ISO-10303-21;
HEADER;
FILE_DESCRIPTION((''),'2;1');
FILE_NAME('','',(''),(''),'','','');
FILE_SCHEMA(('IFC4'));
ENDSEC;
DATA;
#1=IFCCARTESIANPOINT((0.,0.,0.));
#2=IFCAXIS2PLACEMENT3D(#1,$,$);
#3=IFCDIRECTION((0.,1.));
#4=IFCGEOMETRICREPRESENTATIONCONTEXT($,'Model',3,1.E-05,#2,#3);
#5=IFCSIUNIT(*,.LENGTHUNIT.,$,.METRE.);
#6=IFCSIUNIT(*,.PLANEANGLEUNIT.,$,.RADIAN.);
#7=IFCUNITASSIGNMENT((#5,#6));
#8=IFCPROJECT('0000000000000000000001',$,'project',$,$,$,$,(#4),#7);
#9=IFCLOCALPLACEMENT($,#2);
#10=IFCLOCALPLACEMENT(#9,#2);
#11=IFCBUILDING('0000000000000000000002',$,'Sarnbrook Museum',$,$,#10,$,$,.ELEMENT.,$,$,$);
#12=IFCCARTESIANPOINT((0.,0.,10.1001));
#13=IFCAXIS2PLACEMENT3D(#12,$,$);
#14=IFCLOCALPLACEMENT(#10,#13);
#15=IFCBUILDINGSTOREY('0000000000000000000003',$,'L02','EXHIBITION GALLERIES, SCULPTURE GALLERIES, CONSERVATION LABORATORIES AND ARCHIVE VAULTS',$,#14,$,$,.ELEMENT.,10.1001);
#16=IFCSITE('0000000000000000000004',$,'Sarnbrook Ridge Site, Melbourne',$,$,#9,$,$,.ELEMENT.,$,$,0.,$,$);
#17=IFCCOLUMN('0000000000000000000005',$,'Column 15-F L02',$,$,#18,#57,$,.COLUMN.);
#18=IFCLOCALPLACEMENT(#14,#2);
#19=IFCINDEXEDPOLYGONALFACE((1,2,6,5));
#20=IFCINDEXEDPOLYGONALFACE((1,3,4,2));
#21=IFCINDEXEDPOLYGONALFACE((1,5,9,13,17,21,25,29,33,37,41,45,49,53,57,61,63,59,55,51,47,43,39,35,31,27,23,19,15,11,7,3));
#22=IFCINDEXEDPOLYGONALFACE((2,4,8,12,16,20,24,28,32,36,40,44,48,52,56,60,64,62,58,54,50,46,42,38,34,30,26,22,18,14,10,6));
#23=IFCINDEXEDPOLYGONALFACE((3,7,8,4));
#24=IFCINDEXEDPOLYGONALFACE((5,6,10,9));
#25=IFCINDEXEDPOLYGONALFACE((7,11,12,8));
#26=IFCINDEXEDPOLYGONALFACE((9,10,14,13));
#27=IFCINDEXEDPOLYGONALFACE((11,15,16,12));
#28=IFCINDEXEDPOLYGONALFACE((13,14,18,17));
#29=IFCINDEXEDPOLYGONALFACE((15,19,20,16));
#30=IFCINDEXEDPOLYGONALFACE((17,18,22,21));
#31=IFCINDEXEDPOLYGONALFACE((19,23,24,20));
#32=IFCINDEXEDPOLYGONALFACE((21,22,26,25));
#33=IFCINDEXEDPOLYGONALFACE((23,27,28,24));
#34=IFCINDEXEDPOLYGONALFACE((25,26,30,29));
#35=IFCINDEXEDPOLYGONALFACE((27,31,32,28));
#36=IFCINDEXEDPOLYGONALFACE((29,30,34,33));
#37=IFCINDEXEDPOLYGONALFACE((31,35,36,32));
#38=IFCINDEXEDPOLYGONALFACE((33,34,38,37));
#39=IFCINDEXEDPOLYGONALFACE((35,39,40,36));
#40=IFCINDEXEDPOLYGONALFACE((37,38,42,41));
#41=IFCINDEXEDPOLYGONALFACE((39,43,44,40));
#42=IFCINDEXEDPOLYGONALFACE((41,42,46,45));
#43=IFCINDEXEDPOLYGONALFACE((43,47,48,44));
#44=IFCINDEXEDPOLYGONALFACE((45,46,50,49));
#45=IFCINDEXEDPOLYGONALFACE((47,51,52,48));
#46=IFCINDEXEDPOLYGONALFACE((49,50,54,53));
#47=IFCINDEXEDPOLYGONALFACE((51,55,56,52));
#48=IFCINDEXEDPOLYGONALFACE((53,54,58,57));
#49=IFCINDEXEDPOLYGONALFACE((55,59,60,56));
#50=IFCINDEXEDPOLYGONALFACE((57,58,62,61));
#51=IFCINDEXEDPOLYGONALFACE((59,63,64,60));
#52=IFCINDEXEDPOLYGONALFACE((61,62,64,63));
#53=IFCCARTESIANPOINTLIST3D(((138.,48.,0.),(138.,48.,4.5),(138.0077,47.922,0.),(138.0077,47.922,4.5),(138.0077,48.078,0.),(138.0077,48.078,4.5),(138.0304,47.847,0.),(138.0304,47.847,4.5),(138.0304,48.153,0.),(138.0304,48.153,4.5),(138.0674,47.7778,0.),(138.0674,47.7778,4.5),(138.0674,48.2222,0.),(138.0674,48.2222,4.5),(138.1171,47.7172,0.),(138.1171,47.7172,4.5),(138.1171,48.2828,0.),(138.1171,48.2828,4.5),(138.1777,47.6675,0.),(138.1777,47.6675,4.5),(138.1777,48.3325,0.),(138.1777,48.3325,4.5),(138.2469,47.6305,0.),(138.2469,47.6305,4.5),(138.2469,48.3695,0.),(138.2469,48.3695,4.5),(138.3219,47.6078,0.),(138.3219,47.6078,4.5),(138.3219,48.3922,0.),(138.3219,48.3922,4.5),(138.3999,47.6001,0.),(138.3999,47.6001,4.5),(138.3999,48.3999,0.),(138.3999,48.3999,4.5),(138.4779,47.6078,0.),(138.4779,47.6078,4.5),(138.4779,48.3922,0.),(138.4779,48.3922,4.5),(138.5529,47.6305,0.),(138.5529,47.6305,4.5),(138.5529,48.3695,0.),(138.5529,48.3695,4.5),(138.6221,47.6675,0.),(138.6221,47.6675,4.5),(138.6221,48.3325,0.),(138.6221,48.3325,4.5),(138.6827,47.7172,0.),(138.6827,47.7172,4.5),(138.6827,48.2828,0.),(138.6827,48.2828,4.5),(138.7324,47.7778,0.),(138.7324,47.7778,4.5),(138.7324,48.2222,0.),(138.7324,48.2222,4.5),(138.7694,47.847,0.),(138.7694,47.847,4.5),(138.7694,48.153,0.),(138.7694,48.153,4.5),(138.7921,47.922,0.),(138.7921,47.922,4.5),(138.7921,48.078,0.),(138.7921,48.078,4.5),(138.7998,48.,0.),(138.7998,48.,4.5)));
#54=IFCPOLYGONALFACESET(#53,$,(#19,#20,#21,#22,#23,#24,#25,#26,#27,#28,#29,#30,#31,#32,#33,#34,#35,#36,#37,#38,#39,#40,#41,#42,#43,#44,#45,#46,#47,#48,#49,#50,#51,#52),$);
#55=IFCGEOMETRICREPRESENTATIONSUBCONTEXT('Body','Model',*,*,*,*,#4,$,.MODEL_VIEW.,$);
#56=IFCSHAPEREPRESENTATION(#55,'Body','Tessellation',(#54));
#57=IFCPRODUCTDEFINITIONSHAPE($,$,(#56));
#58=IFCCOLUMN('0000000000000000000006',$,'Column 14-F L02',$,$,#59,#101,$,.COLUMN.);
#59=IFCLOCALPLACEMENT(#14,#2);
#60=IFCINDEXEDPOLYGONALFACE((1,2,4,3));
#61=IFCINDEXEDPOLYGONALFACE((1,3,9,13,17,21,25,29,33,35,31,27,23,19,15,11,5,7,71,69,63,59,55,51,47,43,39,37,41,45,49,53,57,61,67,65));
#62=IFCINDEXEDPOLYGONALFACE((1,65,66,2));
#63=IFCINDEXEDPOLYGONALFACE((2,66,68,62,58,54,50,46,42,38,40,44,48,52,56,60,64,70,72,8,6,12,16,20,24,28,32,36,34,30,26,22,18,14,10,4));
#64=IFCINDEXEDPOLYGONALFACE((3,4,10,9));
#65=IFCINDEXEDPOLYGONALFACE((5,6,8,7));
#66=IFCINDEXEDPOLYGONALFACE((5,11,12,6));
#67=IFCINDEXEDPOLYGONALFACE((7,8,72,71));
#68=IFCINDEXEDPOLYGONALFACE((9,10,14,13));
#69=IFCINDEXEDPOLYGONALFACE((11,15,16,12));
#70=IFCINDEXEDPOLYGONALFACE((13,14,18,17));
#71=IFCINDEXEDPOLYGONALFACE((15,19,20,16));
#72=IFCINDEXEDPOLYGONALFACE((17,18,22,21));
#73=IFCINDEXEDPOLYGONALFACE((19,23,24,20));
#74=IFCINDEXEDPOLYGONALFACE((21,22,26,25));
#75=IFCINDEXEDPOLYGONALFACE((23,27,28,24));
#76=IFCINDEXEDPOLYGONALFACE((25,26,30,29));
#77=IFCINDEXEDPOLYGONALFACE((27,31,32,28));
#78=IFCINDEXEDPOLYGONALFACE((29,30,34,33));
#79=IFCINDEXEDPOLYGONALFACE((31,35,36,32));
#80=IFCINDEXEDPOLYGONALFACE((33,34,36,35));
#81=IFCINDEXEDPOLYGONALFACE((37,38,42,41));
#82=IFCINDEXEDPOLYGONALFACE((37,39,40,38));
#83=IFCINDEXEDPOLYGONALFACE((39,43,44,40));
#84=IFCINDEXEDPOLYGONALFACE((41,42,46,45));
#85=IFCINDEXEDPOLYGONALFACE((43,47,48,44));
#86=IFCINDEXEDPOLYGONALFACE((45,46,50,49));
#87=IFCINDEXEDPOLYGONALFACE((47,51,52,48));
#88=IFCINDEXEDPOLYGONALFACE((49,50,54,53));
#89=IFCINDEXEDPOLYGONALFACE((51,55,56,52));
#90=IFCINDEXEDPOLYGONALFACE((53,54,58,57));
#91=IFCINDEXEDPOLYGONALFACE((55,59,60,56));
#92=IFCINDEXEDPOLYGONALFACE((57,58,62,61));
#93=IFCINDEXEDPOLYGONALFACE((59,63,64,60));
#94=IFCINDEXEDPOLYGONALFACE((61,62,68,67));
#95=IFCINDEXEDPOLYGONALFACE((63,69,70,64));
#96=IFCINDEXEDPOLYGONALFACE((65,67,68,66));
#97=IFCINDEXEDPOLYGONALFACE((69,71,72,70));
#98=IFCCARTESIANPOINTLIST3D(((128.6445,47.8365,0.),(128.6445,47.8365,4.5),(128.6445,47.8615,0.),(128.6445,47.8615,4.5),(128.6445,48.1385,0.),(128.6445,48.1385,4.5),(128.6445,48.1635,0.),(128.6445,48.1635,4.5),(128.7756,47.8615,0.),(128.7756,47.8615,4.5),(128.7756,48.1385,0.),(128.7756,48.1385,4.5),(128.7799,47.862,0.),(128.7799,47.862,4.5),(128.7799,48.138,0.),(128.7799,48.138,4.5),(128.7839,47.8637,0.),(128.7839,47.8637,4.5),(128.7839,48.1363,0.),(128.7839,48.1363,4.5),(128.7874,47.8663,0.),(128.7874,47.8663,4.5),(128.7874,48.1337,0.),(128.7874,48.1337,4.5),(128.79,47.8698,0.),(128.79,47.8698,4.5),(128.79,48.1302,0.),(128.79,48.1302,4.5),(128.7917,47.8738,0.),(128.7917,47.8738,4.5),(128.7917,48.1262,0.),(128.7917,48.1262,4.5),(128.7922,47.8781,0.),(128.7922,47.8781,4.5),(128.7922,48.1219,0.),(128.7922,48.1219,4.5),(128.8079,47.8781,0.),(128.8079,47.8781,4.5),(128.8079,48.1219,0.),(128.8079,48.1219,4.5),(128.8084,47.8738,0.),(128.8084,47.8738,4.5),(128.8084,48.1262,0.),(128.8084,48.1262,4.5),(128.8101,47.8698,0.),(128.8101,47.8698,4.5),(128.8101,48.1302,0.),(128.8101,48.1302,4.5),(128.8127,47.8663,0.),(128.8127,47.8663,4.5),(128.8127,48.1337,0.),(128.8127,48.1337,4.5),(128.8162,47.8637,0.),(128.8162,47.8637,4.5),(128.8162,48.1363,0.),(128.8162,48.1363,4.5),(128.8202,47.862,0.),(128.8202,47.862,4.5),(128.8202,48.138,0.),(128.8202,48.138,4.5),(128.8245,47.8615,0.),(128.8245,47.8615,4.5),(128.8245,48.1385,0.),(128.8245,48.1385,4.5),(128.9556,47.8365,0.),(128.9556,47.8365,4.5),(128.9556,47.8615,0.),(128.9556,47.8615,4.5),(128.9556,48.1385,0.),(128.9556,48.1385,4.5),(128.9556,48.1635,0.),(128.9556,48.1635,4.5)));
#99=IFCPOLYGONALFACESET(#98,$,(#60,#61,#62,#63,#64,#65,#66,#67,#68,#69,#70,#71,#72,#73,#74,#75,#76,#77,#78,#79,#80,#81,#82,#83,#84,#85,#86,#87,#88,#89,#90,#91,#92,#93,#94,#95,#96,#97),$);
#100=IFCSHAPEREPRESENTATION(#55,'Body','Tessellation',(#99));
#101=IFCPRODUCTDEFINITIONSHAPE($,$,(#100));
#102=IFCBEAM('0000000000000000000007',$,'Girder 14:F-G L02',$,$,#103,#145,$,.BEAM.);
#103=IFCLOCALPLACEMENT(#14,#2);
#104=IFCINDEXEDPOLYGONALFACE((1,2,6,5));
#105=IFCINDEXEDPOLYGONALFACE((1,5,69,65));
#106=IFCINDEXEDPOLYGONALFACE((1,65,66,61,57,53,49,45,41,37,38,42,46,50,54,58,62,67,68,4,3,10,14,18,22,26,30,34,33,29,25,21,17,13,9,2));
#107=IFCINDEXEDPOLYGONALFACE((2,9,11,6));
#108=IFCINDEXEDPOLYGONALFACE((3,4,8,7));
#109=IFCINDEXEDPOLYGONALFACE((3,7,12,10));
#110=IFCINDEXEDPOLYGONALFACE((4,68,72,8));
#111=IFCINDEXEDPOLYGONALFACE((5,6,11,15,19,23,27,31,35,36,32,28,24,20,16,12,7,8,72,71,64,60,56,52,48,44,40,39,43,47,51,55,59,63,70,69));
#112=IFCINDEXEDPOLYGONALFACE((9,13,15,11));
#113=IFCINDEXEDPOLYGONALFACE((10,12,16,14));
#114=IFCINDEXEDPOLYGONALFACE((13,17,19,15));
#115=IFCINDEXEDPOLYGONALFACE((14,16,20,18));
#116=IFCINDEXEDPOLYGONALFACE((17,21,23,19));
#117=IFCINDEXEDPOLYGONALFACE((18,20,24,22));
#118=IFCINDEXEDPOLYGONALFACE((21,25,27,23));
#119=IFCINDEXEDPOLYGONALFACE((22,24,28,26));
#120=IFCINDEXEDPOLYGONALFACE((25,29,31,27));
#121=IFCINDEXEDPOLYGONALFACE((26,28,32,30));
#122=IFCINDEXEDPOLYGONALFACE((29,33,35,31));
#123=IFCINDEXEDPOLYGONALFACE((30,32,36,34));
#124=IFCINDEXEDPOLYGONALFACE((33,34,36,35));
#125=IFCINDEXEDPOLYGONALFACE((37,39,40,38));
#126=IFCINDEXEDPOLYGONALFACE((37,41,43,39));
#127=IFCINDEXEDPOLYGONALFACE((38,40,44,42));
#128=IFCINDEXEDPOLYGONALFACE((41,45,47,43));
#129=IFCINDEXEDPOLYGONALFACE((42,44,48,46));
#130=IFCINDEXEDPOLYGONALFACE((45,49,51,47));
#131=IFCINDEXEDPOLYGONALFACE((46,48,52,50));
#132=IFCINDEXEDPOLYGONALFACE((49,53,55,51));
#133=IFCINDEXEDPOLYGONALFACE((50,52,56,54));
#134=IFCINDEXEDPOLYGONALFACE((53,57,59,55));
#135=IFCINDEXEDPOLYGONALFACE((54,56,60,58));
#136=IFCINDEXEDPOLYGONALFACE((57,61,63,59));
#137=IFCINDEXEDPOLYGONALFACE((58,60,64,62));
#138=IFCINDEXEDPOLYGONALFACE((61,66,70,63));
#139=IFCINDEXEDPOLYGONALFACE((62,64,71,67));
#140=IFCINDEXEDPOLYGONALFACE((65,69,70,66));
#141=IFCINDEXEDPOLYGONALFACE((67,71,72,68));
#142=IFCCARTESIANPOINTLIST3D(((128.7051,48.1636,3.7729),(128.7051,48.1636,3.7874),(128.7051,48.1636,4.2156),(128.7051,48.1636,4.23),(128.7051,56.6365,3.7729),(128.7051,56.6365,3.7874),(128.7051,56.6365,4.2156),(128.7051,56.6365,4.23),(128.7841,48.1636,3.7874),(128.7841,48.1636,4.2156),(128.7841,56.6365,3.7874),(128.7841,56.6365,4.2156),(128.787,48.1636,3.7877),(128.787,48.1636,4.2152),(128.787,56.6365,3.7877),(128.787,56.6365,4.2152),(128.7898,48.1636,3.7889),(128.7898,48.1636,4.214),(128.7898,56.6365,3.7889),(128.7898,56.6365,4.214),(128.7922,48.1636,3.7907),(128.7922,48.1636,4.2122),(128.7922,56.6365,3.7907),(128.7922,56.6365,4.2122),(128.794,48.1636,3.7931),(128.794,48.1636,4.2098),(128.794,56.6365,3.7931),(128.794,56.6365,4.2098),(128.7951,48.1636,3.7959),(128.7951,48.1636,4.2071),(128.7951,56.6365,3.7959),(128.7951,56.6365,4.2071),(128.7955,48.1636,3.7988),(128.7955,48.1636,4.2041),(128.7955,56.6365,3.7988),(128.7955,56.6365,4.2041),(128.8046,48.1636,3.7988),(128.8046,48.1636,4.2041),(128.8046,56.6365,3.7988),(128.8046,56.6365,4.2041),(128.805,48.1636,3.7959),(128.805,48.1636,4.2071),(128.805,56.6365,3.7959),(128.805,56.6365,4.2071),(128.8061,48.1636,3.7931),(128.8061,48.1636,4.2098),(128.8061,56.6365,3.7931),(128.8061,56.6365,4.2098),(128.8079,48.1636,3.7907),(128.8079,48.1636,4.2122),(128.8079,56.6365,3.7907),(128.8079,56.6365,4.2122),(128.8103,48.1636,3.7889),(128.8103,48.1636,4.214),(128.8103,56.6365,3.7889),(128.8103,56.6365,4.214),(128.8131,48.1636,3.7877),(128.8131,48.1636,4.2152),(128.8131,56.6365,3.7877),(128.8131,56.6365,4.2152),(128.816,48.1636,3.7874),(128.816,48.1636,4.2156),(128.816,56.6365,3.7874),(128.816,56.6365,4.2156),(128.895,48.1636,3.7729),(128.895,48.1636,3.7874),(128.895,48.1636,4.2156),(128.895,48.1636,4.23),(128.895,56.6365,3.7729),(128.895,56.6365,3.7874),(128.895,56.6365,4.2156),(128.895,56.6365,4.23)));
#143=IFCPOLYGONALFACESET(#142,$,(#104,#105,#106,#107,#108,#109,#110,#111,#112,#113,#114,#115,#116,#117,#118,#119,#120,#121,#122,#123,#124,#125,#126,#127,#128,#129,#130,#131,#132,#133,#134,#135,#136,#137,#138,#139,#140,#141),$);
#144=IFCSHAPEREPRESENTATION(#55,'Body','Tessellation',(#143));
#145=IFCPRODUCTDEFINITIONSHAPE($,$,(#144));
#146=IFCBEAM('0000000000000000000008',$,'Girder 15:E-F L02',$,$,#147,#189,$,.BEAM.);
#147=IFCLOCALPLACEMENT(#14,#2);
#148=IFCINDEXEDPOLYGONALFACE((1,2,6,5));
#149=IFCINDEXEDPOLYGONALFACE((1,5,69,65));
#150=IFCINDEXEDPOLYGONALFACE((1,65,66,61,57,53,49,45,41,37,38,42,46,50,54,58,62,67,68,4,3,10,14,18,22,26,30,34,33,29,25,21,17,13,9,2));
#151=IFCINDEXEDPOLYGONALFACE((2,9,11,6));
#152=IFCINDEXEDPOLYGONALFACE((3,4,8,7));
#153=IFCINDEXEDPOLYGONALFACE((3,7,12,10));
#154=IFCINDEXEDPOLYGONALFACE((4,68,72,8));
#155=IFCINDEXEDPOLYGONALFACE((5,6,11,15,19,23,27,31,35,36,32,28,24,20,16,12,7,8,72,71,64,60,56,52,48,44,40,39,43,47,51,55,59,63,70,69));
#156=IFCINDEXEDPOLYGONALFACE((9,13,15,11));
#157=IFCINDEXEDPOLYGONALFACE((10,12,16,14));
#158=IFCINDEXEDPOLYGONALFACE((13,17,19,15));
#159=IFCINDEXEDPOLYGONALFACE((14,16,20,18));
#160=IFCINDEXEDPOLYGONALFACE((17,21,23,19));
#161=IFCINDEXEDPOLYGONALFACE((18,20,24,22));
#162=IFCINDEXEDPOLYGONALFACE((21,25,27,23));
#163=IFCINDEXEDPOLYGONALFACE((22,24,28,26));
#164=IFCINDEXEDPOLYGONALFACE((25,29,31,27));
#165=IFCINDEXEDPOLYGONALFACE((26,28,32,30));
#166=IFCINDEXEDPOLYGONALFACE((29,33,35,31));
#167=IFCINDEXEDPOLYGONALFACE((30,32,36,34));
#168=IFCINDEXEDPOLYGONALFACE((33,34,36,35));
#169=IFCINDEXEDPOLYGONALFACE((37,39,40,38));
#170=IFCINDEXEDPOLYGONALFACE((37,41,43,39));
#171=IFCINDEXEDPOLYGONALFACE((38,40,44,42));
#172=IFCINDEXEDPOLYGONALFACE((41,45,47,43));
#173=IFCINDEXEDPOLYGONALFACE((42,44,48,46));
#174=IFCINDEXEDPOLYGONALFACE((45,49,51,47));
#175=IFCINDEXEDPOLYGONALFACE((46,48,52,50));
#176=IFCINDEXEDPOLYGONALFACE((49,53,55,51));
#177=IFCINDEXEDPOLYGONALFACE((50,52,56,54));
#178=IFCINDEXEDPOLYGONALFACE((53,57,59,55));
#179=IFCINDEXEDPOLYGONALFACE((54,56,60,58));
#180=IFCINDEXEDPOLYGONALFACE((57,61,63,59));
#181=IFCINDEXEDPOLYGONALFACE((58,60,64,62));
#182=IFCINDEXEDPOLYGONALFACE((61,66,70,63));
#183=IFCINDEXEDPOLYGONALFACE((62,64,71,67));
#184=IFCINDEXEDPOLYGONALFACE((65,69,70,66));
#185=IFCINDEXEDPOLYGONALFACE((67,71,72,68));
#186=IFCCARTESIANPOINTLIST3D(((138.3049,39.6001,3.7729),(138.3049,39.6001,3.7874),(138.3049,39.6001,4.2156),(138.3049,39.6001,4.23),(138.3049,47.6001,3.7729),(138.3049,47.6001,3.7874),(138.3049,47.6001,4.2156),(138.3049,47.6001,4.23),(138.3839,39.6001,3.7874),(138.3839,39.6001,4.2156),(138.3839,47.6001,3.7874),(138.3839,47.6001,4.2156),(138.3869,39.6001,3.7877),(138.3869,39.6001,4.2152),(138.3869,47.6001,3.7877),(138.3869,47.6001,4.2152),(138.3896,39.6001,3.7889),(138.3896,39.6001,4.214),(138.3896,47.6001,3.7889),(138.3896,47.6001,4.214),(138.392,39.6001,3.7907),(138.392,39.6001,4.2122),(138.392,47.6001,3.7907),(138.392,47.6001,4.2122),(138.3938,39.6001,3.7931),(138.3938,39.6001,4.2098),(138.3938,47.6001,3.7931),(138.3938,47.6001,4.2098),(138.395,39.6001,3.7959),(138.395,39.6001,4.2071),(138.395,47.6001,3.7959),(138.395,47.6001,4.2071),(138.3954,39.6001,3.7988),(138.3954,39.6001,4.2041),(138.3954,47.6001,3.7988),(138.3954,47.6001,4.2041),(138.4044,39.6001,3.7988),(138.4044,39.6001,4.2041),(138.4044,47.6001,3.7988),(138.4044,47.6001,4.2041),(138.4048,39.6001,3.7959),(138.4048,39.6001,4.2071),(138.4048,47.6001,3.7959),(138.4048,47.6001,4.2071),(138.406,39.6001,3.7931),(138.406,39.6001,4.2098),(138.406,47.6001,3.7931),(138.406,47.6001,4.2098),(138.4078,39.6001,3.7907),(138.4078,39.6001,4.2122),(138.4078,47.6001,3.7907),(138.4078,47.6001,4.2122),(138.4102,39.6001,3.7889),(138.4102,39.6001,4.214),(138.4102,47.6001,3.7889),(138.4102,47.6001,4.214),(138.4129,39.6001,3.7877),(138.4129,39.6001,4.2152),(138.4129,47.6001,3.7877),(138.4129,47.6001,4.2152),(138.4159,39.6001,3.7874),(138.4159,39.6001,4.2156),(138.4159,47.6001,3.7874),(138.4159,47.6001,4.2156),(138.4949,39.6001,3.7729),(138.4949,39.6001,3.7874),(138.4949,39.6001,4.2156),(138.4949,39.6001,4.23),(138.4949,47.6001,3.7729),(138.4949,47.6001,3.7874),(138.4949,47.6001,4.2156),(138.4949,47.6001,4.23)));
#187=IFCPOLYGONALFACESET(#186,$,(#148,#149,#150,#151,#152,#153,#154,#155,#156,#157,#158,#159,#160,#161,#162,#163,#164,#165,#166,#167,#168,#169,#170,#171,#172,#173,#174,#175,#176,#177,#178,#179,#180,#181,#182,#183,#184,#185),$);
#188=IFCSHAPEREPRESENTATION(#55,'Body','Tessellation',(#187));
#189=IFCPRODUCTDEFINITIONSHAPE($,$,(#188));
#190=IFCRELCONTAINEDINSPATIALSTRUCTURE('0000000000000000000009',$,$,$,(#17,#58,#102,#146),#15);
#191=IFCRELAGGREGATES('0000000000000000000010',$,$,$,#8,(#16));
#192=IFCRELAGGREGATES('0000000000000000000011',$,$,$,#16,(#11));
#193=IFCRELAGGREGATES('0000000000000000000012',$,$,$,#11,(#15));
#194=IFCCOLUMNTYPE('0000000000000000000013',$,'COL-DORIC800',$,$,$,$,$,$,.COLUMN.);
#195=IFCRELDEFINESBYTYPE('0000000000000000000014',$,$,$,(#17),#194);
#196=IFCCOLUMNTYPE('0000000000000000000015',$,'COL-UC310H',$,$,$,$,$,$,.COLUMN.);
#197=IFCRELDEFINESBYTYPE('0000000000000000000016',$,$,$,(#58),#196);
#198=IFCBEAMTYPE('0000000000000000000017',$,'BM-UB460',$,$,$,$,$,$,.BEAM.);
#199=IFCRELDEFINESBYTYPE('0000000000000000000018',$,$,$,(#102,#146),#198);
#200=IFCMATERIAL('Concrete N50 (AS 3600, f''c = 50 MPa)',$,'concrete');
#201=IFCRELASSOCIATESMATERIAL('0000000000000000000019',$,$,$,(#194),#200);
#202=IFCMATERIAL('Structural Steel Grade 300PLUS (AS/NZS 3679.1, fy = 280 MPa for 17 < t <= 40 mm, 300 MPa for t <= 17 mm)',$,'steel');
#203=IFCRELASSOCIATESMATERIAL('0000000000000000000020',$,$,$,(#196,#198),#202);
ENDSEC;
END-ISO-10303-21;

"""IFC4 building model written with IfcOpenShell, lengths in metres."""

from ifc_helpers import new_model, si_unit, direction, frame, origin, origin_2d, place, context, subcontext, project, spatial, circle, i_section, extrude, material, material_profile, profile_set, type_object, element, save


model = new_model("IFC4")

# Units and contexts
model_context = context("Model", 3, precision=1e-05, world=origin(), true_north=direction((0.0, 1.0)))
body_context = subcontext(model_context, "Body", "Model", "MODEL_VIEW")
ifc_project = project(units=[si_unit("LENGTHUNIT", "METRE"), si_unit("PLANEANGLEUNIT", "RADIAN")], contexts=[model_context])

# Site, building, storey
site_placement = place(None, origin())
site = spatial("IfcSite", under=ifc_project, at=site_placement, Name="Sarnbrook Ridge Site, Melbourne", CompositionType="ELEMENT", RefElevation=0.0)
building_placement = place(site_placement, origin())
building = spatial("IfcBuilding", under=site, at=building_placement, Name="Sarnbrook Museum", CompositionType="ELEMENT")
storey_placement = place(building_placement, frame((0.0, 0.0, 10.1001)))
storey = spatial("IfcBuildingStorey", under=building, at=storey_placement, Name="L02", Description="EXHIBITION GALLERIES, SCULPTURE GALLERIES, CONSERVATION LABORATORIES AND ARCHIVE VAULTS", CompositionType="ELEMENT", Elevation=10.1001)

# Columns
ifc_material_1 = material(Name="Concrete N50 (AS 3600, f'c = 50 MPa)", Category="concrete")
ifc_material_profile_1 = material_profile(ifc_material_1, circle(Radius=0.3999, at=origin_2d()), Name="DORIC D800")
ifc_profile_set_1 = profile_set([ifc_material_profile_1], Name="Concrete N50 (AS 3600, f'c = 50 MPa)")
column_type_1 = type_object("IfcColumnType", Name="COL-DORIC800", PredefinedType="COLUMN", material=ifc_profile_set_1)
column_1_placement = place(storey_placement, frame((138.3999, 48.0, 0.0), z_axis=(0.0, 0.0, 1.0), x_axis=(1.0, 0.0, 0.0)))
element("IfcColumn", 1, at=column_1_placement, inside=storey, type_object=column_type_1, Name="Column 15-F L02", PredefinedType="COLUMN", context=body_context, shape_type="SweptSolid", body=[
    extrude(circle(Radius=0.3999, at=origin_2d()), origin(), (0.0, 0.0, 1.0), 4.5),
])
ifc_material_2 = material(Name="Structural Steel Grade 300PLUS (AS/NZS 3679.1, fy = 280 MPa for 17 < t <= 40 mm, 300 MPa for t <= 17 mm)", Category="steel")
ifc_material_profile_2 = material_profile(ifc_material_2, i_section(OverallWidth=0.311, OverallDepth=0.3269, WebThickness=0.0156, FlangeThickness=0.0249, FilletRadius=0.0166, at=origin_2d()), Name="310UC158")
ifc_profile_set_2 = profile_set([ifc_material_profile_2], Name="Structural Steel Grade 300PLUS (AS/NZS 3679.1, fy = 280 MPa for 17 < t <= 40 mm, 300 MPa for t <= 17 mm)")
column_type_2 = type_object("IfcColumnType", Name="COL-UC310H", PredefinedType="COLUMN", material=ifc_profile_set_2)
column_2_placement = place(storey_placement, frame((128.8, 48.0, 0.0), z_axis=(0.0, 0.0, 1.0), x_axis=(1.0, 0.0, 0.0)))
element("IfcColumn", 2, at=column_2_placement, inside=storey, type_object=column_type_2, Name="Column 14-F L02", PredefinedType="COLUMN", context=body_context, shape_type="SweptSolid", body=[
    extrude(i_section(OverallWidth=0.311, OverallDepth=0.3269, WebThickness=0.0156, FlangeThickness=0.0249, FilletRadius=0.0166, at=origin_2d()), origin(), (0.0, 0.0, 1.0), 4.5),
])

# Beams
ifc_material_profile_3 = material_profile(ifc_material_2, i_section(OverallWidth=0.1899, OverallDepth=0.457, WebThickness=0.009, FlangeThickness=0.0144, FilletRadius=0.0115, at=origin_2d()), Name="460UB74.6")
ifc_profile_set_3 = profile_set([ifc_material_profile_3], Name="Structural Steel Grade 300PLUS (AS/NZS 3679.1, fy = 280 MPa for 17 < t <= 40 mm, 300 MPa for t <= 17 mm)")
beam_type_1 = type_object("IfcBeamType", Name="BM-UB460", PredefinedType="BEAM", material=ifc_profile_set_3)
beam_1_placement = place(storey_placement, frame((128.8, 48.1636, 4.0015), z_axis=(0.0, 1.0, 0.0), x_axis=(-1.0, 0.0, 0.0)))
element("IfcBeam", 3, at=beam_1_placement, inside=storey, type_object=beam_type_1, Name="Girder 14:F-G L02", PredefinedType="BEAM", context=body_context, shape_type="SweptSolid", body=[
    extrude(i_section(OverallWidth=0.1899, OverallDepth=0.457, WebThickness=0.009, FlangeThickness=0.0144, FilletRadius=0.0115, at=origin_2d()), origin(), (0.0, 0.0, 1.0), 8.4729),
])
for number, where, z_axis, x_axis, name in (
    (4, (138.3999, 39.6001, 4.0015), (0.0, 1.0, 0.0), (-1.0, 0.0, 0.0), "Girder 15:E-F L02"),
):
    element("IfcBeam", number, at=place(storey_placement, frame(where, z_axis=z_axis, x_axis=x_axis)), inside=storey, type_object=beam_type_1, Name=name, PredefinedType="BEAM", context=body_context, shape_type="SweptSolid", body=[
        extrude(i_section(OverallWidth=0.1899, OverallDepth=0.457, WebThickness=0.009, FlangeThickness=0.0144, FilletRadius=0.0115, at=origin_2d()), origin(), (0.0, 0.0, 1.0), 8.0),
    ])

save(model, "model.ifc")
